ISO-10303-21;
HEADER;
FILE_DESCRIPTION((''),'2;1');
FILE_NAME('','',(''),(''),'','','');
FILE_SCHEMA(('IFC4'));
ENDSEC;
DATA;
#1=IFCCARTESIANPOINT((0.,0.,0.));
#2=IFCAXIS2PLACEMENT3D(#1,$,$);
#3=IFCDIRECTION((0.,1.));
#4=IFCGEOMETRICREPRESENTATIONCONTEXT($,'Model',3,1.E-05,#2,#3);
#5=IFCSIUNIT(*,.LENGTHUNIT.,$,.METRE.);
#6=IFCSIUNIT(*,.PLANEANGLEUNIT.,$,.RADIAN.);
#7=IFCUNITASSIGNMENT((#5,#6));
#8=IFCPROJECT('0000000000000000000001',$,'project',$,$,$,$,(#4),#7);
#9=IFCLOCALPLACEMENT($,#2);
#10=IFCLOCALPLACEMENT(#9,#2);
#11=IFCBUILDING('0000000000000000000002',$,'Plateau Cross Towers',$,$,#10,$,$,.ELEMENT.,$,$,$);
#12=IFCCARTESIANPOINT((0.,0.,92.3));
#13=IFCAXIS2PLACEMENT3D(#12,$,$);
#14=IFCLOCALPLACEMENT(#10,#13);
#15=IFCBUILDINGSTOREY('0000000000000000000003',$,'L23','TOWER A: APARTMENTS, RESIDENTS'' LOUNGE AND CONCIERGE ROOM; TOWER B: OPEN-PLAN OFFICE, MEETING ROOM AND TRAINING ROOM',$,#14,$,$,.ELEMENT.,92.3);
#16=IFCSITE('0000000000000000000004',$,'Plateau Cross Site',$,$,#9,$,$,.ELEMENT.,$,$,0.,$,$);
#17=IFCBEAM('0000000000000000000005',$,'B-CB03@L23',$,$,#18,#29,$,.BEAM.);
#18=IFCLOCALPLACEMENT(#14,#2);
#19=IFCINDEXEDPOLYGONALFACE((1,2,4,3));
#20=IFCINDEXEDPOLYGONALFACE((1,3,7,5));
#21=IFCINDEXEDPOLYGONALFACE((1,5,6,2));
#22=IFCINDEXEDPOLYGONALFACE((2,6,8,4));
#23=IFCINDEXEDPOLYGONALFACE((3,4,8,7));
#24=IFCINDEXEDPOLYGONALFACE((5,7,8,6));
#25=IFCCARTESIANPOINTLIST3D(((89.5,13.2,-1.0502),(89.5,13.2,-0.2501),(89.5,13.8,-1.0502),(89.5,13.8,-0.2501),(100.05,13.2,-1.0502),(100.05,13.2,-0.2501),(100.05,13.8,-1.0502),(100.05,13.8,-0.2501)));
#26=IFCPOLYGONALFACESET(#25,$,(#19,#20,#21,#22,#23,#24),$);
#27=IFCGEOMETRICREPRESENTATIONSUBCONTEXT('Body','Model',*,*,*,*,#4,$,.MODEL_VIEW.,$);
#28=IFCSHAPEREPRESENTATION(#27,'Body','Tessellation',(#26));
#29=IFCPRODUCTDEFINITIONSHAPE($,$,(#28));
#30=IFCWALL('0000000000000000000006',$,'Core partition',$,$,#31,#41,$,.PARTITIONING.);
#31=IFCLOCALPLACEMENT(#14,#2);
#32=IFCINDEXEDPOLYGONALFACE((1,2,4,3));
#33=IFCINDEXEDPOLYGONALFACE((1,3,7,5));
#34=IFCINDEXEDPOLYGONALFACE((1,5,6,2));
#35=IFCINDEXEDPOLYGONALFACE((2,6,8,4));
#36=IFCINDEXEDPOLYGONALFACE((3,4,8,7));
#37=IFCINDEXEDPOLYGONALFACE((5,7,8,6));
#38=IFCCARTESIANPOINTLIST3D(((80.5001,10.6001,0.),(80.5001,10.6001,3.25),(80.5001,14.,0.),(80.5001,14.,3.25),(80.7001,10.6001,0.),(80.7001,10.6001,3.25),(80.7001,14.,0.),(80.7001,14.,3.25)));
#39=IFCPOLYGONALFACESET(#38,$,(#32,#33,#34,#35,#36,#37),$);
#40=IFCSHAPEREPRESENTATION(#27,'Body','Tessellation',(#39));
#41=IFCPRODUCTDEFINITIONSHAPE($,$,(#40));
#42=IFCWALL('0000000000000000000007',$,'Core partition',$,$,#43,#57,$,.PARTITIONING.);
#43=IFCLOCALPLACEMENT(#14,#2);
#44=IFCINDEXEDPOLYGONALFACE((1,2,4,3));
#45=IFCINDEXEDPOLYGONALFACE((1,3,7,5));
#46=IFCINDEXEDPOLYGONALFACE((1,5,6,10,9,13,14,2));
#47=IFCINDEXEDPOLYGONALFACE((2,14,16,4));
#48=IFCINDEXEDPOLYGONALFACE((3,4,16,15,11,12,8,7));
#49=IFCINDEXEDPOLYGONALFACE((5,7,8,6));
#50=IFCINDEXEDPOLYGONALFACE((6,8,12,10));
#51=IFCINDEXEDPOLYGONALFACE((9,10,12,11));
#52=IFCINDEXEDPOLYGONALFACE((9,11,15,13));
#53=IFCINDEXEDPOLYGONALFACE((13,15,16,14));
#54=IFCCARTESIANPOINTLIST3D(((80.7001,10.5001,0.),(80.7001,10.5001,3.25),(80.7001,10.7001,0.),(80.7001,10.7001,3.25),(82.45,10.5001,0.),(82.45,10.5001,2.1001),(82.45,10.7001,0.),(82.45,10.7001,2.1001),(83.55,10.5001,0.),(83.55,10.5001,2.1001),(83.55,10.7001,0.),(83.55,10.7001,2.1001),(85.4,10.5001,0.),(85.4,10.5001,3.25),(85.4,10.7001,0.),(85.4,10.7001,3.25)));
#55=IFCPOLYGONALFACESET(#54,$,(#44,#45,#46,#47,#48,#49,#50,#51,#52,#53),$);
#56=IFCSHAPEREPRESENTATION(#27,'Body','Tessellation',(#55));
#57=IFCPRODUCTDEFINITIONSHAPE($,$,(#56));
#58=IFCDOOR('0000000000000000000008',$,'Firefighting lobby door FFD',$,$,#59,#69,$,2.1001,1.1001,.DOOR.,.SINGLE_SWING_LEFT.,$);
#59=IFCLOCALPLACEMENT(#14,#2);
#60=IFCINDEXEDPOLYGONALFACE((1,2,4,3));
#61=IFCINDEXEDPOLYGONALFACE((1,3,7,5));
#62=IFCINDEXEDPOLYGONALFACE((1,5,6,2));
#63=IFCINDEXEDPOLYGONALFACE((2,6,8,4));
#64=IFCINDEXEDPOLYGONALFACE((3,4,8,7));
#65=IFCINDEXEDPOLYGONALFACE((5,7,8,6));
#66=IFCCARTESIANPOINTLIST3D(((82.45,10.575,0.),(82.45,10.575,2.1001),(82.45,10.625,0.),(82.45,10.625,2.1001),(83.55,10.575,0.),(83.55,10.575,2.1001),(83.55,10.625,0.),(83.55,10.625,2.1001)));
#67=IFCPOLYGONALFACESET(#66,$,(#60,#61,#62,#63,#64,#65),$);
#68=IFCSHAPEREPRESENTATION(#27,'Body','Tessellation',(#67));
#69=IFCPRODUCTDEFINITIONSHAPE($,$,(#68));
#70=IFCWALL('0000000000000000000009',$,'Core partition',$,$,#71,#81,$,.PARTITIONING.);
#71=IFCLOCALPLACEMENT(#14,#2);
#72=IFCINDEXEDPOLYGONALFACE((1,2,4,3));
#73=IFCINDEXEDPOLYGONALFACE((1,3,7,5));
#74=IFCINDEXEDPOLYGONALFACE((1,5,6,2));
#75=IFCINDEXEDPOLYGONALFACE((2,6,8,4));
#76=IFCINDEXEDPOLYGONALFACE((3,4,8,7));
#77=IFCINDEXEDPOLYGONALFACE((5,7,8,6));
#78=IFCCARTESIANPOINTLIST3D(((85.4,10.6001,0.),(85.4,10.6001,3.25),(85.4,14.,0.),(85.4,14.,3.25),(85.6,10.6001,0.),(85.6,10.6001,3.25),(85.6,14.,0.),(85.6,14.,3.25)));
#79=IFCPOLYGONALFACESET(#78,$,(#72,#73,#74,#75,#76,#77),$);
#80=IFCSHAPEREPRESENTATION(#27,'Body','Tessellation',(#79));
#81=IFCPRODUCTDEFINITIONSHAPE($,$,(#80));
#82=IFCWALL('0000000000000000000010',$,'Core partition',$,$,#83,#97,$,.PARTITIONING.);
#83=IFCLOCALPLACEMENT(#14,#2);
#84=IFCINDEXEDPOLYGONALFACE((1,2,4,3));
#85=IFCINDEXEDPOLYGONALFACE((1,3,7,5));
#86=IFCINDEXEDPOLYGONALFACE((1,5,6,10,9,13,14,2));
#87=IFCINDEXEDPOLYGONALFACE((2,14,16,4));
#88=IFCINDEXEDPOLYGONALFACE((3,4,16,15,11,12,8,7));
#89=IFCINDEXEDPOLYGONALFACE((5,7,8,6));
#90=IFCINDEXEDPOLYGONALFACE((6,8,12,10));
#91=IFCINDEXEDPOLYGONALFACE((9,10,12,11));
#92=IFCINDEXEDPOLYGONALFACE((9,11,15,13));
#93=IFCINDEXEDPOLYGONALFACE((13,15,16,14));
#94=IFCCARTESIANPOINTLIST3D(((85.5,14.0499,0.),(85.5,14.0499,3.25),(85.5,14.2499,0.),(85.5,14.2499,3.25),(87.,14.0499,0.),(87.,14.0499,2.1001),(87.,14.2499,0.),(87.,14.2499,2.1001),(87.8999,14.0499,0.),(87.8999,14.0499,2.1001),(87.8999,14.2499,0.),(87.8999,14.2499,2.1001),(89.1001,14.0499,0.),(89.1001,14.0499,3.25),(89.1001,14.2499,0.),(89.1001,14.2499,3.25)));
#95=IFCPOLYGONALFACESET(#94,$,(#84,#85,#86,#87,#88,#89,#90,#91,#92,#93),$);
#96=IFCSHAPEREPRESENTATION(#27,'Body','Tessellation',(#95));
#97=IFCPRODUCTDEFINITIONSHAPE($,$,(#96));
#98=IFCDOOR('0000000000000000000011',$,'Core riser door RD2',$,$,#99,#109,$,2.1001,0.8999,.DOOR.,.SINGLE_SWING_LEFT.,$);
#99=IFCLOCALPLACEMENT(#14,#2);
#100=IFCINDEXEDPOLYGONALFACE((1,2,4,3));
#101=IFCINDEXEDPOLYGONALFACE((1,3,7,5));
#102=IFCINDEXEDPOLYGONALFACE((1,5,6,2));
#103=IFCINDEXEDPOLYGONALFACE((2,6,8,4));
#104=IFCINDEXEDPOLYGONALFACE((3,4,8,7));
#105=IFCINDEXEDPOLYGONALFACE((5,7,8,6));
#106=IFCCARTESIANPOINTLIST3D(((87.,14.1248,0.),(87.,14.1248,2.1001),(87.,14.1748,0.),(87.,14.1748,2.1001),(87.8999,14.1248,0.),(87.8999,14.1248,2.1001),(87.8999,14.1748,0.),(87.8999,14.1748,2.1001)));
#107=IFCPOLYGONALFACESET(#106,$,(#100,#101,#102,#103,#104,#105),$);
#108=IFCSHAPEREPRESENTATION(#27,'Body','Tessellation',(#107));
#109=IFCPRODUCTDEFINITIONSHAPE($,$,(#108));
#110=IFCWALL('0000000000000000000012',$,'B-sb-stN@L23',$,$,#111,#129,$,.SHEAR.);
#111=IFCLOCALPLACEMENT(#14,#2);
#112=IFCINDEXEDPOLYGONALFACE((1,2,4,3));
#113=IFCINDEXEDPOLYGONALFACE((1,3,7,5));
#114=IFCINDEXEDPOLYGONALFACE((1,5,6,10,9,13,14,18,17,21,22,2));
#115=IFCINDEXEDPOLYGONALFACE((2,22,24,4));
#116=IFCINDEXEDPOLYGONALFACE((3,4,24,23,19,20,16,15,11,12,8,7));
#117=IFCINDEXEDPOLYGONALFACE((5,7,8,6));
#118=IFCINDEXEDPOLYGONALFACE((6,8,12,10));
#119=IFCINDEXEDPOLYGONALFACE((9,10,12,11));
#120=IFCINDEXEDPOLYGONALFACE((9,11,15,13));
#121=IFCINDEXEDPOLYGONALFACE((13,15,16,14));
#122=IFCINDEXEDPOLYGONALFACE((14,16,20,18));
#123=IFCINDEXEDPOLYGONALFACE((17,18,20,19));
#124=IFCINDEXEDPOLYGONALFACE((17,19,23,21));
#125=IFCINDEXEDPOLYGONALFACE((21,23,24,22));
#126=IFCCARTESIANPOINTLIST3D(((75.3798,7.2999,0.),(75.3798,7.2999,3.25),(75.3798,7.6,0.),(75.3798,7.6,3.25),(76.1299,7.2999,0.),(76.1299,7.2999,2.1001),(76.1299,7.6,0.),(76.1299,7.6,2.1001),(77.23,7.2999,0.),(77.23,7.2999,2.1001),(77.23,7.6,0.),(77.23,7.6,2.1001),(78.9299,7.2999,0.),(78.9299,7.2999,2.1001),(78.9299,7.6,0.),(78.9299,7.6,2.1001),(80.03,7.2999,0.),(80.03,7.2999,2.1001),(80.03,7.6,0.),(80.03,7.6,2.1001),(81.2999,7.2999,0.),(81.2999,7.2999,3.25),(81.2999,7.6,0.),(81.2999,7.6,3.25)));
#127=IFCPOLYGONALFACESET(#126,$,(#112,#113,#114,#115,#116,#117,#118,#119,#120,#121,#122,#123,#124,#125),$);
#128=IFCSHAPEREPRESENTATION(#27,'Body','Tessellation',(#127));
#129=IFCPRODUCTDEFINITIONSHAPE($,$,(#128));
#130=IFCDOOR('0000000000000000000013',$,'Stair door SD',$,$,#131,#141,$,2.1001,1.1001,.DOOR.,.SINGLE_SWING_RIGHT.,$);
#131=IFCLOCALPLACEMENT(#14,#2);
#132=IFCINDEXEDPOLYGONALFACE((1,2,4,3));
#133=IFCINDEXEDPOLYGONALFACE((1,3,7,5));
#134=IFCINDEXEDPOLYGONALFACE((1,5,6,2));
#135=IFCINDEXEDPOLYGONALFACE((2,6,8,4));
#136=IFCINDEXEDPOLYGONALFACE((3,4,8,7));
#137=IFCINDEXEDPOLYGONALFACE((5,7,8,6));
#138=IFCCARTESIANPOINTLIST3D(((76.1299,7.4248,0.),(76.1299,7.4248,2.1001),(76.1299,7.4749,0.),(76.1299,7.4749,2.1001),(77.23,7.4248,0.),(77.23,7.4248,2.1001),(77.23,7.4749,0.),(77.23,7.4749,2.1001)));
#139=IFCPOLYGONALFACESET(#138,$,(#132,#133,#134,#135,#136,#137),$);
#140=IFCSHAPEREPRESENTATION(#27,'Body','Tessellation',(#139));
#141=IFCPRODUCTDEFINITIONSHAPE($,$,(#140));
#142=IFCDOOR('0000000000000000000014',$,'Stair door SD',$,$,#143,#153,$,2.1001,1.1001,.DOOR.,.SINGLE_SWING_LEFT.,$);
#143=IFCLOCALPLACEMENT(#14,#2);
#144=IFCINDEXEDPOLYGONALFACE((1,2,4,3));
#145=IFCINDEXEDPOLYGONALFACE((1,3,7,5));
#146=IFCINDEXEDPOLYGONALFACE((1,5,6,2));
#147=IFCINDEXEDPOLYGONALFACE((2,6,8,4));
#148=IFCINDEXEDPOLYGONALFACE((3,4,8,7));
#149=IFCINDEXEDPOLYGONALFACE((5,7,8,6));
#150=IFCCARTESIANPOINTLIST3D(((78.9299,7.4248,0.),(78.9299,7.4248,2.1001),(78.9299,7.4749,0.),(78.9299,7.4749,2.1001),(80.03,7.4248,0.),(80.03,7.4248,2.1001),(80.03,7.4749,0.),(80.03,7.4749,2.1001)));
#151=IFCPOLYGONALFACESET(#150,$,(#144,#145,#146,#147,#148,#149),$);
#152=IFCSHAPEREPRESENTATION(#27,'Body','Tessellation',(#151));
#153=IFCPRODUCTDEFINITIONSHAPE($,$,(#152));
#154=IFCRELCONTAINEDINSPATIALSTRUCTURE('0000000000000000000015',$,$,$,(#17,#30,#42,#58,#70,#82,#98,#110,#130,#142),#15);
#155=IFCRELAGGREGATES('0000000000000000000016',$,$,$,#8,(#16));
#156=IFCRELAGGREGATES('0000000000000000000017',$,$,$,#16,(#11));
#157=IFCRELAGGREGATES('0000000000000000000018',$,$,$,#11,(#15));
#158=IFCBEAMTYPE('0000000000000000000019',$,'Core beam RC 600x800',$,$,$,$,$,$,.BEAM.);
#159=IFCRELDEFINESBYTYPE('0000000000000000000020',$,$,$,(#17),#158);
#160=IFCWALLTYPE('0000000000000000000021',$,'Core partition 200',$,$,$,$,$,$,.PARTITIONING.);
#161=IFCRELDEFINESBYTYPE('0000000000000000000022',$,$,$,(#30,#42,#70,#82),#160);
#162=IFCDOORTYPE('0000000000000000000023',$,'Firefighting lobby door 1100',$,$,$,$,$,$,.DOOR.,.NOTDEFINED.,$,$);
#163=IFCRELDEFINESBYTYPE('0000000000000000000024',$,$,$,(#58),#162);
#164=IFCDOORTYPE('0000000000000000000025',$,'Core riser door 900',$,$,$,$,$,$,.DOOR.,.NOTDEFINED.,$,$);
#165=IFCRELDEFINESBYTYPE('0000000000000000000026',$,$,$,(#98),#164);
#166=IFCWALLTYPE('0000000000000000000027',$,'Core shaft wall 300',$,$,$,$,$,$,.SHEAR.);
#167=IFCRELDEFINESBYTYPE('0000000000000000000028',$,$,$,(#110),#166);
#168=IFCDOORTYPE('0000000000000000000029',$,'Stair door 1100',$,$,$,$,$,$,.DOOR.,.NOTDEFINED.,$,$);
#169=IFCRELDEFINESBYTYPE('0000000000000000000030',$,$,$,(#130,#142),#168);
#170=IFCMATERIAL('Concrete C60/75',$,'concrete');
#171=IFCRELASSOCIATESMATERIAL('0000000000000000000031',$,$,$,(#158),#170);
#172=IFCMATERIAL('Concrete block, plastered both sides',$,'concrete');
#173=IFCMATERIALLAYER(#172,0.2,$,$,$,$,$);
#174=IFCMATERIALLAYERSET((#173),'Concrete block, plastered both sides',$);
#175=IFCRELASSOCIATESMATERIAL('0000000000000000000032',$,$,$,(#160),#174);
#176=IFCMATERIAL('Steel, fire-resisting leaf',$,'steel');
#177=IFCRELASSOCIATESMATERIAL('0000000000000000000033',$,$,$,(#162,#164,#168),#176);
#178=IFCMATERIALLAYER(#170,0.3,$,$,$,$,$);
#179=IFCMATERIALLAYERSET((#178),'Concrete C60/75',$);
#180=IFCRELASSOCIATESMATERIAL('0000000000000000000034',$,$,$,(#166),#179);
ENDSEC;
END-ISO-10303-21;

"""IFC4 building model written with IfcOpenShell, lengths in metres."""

from ifc_helpers import new_model, si_unit, direction, frame, frame_2d, origin, origin_2d, place, context, subcontext, project, spatial, rectangle, extrude, material, layer, layer_set, material_profile, profile_set, type_object, element, fill, save


model = new_model("IFC4")

# Units and contexts
model_context = context("Model", 3, precision=1e-05, world=origin(), true_north=direction((0.0, 1.0)))
body_context = subcontext(model_context, "Body", "Model", "MODEL_VIEW")
ifc_project = project(units=[si_unit("LENGTHUNIT", "METRE"), si_unit("PLANEANGLEUNIT", "RADIAN")], contexts=[model_context])

# Site, building, storey
site_placement = place(None, origin())
site = spatial("IfcSite", under=ifc_project, at=site_placement, Name="Plateau Cross Site", CompositionType="ELEMENT", RefElevation=0.0)
building_placement = place(site_placement, origin())
building = spatial("IfcBuilding", under=site, at=building_placement, Name="Plateau Cross Towers", CompositionType="ELEMENT")
storey_placement = place(building_placement, frame((0.0, 0.0, 92.3)))
storey = spatial("IfcBuildingStorey", under=building, at=storey_placement, Name="L23", Description="TOWER A: APARTMENTS, RESIDENTS' LOUNGE AND CONCIERGE ROOM; TOWER B: OPEN-PLAN OFFICE, MEETING ROOM AND TRAINING ROOM", CompositionType="ELEMENT", Elevation=92.3)

# Beam
ifc_material_1 = material(Name="Concrete C60/75", Category="concrete")
ifc_material_profile = material_profile(ifc_material_1, rectangle(XDim=0.6001, YDim=0.8, at=origin_2d()), Name="RC 600x800")
ifc_profile_set = profile_set([ifc_material_profile], Name="Concrete C60/75")
beam_type = type_object("IfcBeamType", Name="Core beam RC 600x800", PredefinedType="BEAM", material=ifc_profile_set)
beam_placement = place(storey_placement, frame((89.5, 13.5, -0.6501), z_axis=(1.0, 0.0, 0.0), x_axis=(0.0, 1.0, 0.0)))
element("IfcBeam", 1, at=beam_placement, inside=storey, type_object=beam_type, Name="B-CB03@L23", PredefinedType="BEAM", context=body_context, shape_type="SweptSolid", body=[
    extrude(rectangle(XDim=0.6001, YDim=0.8, at=origin_2d()), origin(), (0.0, 0.0, 1.0), 10.55),
])

# Wall
ifc_material_2 = material(Name="Concrete block, plastered both sides", Category="concrete")
ifc_layer_1 = layer(ifc_material_2, 0.2)
ifc_layer_set_1 = layer_set([ifc_layer_1], Name="Concrete block, plastered both sides")
wall_type_1 = type_object("IfcWallType", Name="Core partition 200", PredefinedType="PARTITIONING", material=ifc_layer_set_1)
wall_1_placement = place(storey_placement, frame((80.6001, 10.6001, 0.0), z_axis=(0.0, 0.0, 1.0), x_axis=(0.0, 1.0, 0.0)))
element("IfcWall", 2, at=wall_1_placement, inside=storey, type_object=wall_type_1, Name="Core partition", PredefinedType="PARTITIONING", context=body_context, shape_type="SweptSolid", body=[
    extrude(rectangle(XDim=3.3999, YDim=0.2, at=frame_2d((1.7, 0.0))), origin(), (0.0, 0.0, 1.0), 3.25),
])

# Wall, opening, door
wall_2_placement = place(storey_placement, frame((80.7, 10.6001, 0.0), z_axis=(0.0, 0.0, 1.0), x_axis=(1.0, 0.0, 0.0)))
wall_2 = element("IfcWall", 3, at=wall_2_placement, inside=storey, type_object=wall_type_1, Name="Core partition", PredefinedType="PARTITIONING", context=body_context, shape_type="SweptSolid", body=[
    extrude(rectangle(XDim=4.7, YDim=0.2, at=frame_2d((2.3501, 0.0))), origin(), (0.0, 0.0, 1.0), 3.25),
])
opening_1_placement = place(wall_2_placement, frame((1.75, 0.0, 0.0)))
opening_1 = element("IfcOpeningElement", 4, at=opening_1_placement, cuts=wall_2, PredefinedType="OPENING", context=body_context, shape_type="SweptSolid", body=[
    extrude(rectangle(XDim=1.1001, YDim=2.1001, at=frame_2d((0.55, 1.05))), frame((0.0, 0.1099, 0.0), z_axis=(0.0, -1.0, 0.0), x_axis=(1.0, 0.0, 0.0)), (0.0, 0.0, 1.0), 0.22),
])
ifc_material_3 = material(Name="Steel, fire-resisting leaf", Category="steel")
door_type_1 = type_object("IfcDoorType", Name="Firefighting lobby door 1100", OperationType="NOTDEFINED", PredefinedType="DOOR", material=ifc_material_3)
door_1_placement = place(opening_1_placement, origin())
door_1 = element("IfcDoor", 5, at=door_1_placement, inside=storey, type_object=door_type_1, Name="Firefighting lobby door FFD", OperationType="SINGLE_SWING_LEFT", OverallHeight=2.1001, OverallWidth=1.1001, PredefinedType="DOOR", context=body_context, shape_type="SweptSolid", body=[
    extrude(rectangle(XDim=1.1001, YDim=2.1001, at=frame_2d((0.55, 1.05))), frame((0.0, 0.0249, 0.0), z_axis=(0.0, -1.0, 0.0), x_axis=(1.0, 0.0, 0.0)), (0.0, 0.0, 1.0), 0.05),
])
fill(opening_1, door_1)

# Wall
wall_3_placement = place(storey_placement, frame((85.5, 10.6001, 0.0), z_axis=(0.0, 0.0, 1.0), x_axis=(0.0, 1.0, 0.0)))
element("IfcWall", 6, at=wall_3_placement, inside=storey, type_object=wall_type_1, Name="Core partition", PredefinedType="PARTITIONING", context=body_context, shape_type="SweptSolid", body=[
    extrude(rectangle(XDim=3.3999, YDim=0.2, at=frame_2d((1.7, 0.0))), origin(), (0.0, 0.0, 1.0), 3.25),
])

# Wall, opening, door
wall_4_placement = place(storey_placement, frame((85.5, 14.1499, 0.0), z_axis=(0.0, 0.0, 1.0), x_axis=(1.0, 0.0, 0.0)))
wall_4 = element("IfcWall", 7, at=wall_4_placement, inside=storey, type_object=wall_type_1, Name="Core partition", PredefinedType="PARTITIONING", context=body_context, shape_type="SweptSolid", body=[
    extrude(rectangle(XDim=3.6001, YDim=0.2, at=frame_2d((1.8, 0.0))), origin(), (0.0, 0.0, 1.0), 3.25),
])
opening_2_placement = place(wall_4_placement, frame((1.5, 0.0, 0.0)))
opening_2 = element("IfcOpeningElement", 8, at=opening_2_placement, cuts=wall_4, PredefinedType="OPENING", context=body_context, shape_type="SweptSolid", body=[
    extrude(rectangle(XDim=0.8999, YDim=2.1001, at=frame_2d((0.45, 1.05))), frame((0.0, 0.1099, 0.0), z_axis=(0.0, -1.0, 0.0), x_axis=(1.0, 0.0, 0.0)), (0.0, 0.0, 1.0), 0.22),
])
door_type_2 = type_object("IfcDoorType", Name="Core riser door 900", OperationType="NOTDEFINED", PredefinedType="DOOR", material=ifc_material_3)
door_2_placement = place(opening_2_placement, origin())
door_2 = element("IfcDoor", 9, at=door_2_placement, inside=storey, type_object=door_type_2, Name="Core riser door RD2", OperationType="SINGLE_SWING_LEFT", OverallHeight=2.1001, OverallWidth=0.8999, PredefinedType="DOOR", context=body_context, shape_type="SweptSolid", body=[
    extrude(rectangle(XDim=0.8999, YDim=2.1001, at=frame_2d((0.45, 1.05))), frame((0.0, 0.0249, 0.0), z_axis=(0.0, -1.0, 0.0), x_axis=(1.0, 0.0, 0.0)), (0.0, 0.0, 1.0), 0.05),
])
fill(opening_2, door_2)

# Wall, openings, doors
ifc_layer_2 = layer(ifc_material_1, 0.3)
ifc_layer_set_2 = layer_set([ifc_layer_2], Name="Concrete C60/75")
wall_type_2 = type_object("IfcWallType", Name="Core shaft wall 300", PredefinedType="SHEAR", material=ifc_layer_set_2)
wall_5_placement = place(storey_placement, frame((75.3799, 7.45, 0.0), z_axis=(0.0, 0.0, 1.0), x_axis=(1.0, 0.0, 0.0)))
wall_5 = element("IfcWall", 10, at=wall_5_placement, inside=storey, type_object=wall_type_2, Name="B-sb-stN@L23", PredefinedType="SHEAR", context=body_context, shape_type="SweptSolid", body=[
    extrude(rectangle(XDim=5.9202, YDim=0.3, at=frame_2d((2.96, 0.0))), origin(), (0.0, 0.0, 1.0), 3.25),
])
opening_3_placement = place(wall_5_placement, frame((0.75, 0.0, 0.0)))
opening_3 = element("IfcOpeningElement", 11, at=opening_3_placement, cuts=wall_5, PredefinedType="OPENING", context=body_context, shape_type="SweptSolid", body=[
    extrude(rectangle(XDim=1.1001, YDim=2.1001, at=frame_2d((0.55, 1.05))), frame((0.0, 0.1599, 0.0), z_axis=(0.0, -1.0, 0.0), x_axis=(1.0, 0.0, 0.0)), (0.0, 0.0, 1.0), 0.3201),
])
opening_4_placement = place(wall_5_placement, frame((3.55, 0.0, 0.0)))
opening_4 = element("IfcOpeningElement", 12, at=opening_4_placement, cuts=wall_5, PredefinedType="OPENING", context=body_context, shape_type="SweptSolid", body=[
    extrude(rectangle(XDim=1.1001, YDim=2.1001, at=frame_2d((0.55, 1.05))), frame((0.0, 0.1599, 0.0), z_axis=(0.0, -1.0, 0.0), x_axis=(1.0, 0.0, 0.0)), (0.0, 0.0, 1.0), 0.3201),
])
door_type_3 = type_object("IfcDoorType", Name="Stair door 1100", OperationType="NOTDEFINED", PredefinedType="DOOR", material=ifc_material_3)
door_3_placement = place(opening_3_placement, origin())
door_3 = element("IfcDoor", 13, at=door_3_placement, inside=storey, type_object=door_type_3, Name="Stair door SD", OperationType="SINGLE_SWING_RIGHT", OverallHeight=2.1001, OverallWidth=1.1001, PredefinedType="DOOR", context=body_context, shape_type="SweptSolid", body=[
    extrude(rectangle(XDim=1.1001, YDim=2.1001, at=frame_2d((0.55, 1.05))), frame((0.0, 0.0249, 0.0), z_axis=(0.0, -1.0, 0.0), x_axis=(1.0, 0.0, 0.0)), (0.0, 0.0, 1.0), 0.05),
])
fill(opening_3, door_3)
door_4_placement = place(opening_4_placement, origin())
door_4 = element("IfcDoor", 14, at=door_4_placement, inside=storey, type_object=door_type_3, Name="Stair door SD", OperationType="SINGLE_SWING_LEFT", OverallHeight=2.1001, OverallWidth=1.1001, PredefinedType="DOOR", context=body_context, shape_type="SweptSolid", body=[
    extrude(rectangle(XDim=1.1001, YDim=2.1001, at=frame_2d((0.55, 1.05))), frame((0.0, 0.0249, 0.0), z_axis=(0.0, -1.0, 0.0), x_axis=(1.0, 0.0, 0.0)), (0.0, 0.0, 1.0), 0.05),
])
fill(opening_4, door_4)

save(model, "model.ifc")
